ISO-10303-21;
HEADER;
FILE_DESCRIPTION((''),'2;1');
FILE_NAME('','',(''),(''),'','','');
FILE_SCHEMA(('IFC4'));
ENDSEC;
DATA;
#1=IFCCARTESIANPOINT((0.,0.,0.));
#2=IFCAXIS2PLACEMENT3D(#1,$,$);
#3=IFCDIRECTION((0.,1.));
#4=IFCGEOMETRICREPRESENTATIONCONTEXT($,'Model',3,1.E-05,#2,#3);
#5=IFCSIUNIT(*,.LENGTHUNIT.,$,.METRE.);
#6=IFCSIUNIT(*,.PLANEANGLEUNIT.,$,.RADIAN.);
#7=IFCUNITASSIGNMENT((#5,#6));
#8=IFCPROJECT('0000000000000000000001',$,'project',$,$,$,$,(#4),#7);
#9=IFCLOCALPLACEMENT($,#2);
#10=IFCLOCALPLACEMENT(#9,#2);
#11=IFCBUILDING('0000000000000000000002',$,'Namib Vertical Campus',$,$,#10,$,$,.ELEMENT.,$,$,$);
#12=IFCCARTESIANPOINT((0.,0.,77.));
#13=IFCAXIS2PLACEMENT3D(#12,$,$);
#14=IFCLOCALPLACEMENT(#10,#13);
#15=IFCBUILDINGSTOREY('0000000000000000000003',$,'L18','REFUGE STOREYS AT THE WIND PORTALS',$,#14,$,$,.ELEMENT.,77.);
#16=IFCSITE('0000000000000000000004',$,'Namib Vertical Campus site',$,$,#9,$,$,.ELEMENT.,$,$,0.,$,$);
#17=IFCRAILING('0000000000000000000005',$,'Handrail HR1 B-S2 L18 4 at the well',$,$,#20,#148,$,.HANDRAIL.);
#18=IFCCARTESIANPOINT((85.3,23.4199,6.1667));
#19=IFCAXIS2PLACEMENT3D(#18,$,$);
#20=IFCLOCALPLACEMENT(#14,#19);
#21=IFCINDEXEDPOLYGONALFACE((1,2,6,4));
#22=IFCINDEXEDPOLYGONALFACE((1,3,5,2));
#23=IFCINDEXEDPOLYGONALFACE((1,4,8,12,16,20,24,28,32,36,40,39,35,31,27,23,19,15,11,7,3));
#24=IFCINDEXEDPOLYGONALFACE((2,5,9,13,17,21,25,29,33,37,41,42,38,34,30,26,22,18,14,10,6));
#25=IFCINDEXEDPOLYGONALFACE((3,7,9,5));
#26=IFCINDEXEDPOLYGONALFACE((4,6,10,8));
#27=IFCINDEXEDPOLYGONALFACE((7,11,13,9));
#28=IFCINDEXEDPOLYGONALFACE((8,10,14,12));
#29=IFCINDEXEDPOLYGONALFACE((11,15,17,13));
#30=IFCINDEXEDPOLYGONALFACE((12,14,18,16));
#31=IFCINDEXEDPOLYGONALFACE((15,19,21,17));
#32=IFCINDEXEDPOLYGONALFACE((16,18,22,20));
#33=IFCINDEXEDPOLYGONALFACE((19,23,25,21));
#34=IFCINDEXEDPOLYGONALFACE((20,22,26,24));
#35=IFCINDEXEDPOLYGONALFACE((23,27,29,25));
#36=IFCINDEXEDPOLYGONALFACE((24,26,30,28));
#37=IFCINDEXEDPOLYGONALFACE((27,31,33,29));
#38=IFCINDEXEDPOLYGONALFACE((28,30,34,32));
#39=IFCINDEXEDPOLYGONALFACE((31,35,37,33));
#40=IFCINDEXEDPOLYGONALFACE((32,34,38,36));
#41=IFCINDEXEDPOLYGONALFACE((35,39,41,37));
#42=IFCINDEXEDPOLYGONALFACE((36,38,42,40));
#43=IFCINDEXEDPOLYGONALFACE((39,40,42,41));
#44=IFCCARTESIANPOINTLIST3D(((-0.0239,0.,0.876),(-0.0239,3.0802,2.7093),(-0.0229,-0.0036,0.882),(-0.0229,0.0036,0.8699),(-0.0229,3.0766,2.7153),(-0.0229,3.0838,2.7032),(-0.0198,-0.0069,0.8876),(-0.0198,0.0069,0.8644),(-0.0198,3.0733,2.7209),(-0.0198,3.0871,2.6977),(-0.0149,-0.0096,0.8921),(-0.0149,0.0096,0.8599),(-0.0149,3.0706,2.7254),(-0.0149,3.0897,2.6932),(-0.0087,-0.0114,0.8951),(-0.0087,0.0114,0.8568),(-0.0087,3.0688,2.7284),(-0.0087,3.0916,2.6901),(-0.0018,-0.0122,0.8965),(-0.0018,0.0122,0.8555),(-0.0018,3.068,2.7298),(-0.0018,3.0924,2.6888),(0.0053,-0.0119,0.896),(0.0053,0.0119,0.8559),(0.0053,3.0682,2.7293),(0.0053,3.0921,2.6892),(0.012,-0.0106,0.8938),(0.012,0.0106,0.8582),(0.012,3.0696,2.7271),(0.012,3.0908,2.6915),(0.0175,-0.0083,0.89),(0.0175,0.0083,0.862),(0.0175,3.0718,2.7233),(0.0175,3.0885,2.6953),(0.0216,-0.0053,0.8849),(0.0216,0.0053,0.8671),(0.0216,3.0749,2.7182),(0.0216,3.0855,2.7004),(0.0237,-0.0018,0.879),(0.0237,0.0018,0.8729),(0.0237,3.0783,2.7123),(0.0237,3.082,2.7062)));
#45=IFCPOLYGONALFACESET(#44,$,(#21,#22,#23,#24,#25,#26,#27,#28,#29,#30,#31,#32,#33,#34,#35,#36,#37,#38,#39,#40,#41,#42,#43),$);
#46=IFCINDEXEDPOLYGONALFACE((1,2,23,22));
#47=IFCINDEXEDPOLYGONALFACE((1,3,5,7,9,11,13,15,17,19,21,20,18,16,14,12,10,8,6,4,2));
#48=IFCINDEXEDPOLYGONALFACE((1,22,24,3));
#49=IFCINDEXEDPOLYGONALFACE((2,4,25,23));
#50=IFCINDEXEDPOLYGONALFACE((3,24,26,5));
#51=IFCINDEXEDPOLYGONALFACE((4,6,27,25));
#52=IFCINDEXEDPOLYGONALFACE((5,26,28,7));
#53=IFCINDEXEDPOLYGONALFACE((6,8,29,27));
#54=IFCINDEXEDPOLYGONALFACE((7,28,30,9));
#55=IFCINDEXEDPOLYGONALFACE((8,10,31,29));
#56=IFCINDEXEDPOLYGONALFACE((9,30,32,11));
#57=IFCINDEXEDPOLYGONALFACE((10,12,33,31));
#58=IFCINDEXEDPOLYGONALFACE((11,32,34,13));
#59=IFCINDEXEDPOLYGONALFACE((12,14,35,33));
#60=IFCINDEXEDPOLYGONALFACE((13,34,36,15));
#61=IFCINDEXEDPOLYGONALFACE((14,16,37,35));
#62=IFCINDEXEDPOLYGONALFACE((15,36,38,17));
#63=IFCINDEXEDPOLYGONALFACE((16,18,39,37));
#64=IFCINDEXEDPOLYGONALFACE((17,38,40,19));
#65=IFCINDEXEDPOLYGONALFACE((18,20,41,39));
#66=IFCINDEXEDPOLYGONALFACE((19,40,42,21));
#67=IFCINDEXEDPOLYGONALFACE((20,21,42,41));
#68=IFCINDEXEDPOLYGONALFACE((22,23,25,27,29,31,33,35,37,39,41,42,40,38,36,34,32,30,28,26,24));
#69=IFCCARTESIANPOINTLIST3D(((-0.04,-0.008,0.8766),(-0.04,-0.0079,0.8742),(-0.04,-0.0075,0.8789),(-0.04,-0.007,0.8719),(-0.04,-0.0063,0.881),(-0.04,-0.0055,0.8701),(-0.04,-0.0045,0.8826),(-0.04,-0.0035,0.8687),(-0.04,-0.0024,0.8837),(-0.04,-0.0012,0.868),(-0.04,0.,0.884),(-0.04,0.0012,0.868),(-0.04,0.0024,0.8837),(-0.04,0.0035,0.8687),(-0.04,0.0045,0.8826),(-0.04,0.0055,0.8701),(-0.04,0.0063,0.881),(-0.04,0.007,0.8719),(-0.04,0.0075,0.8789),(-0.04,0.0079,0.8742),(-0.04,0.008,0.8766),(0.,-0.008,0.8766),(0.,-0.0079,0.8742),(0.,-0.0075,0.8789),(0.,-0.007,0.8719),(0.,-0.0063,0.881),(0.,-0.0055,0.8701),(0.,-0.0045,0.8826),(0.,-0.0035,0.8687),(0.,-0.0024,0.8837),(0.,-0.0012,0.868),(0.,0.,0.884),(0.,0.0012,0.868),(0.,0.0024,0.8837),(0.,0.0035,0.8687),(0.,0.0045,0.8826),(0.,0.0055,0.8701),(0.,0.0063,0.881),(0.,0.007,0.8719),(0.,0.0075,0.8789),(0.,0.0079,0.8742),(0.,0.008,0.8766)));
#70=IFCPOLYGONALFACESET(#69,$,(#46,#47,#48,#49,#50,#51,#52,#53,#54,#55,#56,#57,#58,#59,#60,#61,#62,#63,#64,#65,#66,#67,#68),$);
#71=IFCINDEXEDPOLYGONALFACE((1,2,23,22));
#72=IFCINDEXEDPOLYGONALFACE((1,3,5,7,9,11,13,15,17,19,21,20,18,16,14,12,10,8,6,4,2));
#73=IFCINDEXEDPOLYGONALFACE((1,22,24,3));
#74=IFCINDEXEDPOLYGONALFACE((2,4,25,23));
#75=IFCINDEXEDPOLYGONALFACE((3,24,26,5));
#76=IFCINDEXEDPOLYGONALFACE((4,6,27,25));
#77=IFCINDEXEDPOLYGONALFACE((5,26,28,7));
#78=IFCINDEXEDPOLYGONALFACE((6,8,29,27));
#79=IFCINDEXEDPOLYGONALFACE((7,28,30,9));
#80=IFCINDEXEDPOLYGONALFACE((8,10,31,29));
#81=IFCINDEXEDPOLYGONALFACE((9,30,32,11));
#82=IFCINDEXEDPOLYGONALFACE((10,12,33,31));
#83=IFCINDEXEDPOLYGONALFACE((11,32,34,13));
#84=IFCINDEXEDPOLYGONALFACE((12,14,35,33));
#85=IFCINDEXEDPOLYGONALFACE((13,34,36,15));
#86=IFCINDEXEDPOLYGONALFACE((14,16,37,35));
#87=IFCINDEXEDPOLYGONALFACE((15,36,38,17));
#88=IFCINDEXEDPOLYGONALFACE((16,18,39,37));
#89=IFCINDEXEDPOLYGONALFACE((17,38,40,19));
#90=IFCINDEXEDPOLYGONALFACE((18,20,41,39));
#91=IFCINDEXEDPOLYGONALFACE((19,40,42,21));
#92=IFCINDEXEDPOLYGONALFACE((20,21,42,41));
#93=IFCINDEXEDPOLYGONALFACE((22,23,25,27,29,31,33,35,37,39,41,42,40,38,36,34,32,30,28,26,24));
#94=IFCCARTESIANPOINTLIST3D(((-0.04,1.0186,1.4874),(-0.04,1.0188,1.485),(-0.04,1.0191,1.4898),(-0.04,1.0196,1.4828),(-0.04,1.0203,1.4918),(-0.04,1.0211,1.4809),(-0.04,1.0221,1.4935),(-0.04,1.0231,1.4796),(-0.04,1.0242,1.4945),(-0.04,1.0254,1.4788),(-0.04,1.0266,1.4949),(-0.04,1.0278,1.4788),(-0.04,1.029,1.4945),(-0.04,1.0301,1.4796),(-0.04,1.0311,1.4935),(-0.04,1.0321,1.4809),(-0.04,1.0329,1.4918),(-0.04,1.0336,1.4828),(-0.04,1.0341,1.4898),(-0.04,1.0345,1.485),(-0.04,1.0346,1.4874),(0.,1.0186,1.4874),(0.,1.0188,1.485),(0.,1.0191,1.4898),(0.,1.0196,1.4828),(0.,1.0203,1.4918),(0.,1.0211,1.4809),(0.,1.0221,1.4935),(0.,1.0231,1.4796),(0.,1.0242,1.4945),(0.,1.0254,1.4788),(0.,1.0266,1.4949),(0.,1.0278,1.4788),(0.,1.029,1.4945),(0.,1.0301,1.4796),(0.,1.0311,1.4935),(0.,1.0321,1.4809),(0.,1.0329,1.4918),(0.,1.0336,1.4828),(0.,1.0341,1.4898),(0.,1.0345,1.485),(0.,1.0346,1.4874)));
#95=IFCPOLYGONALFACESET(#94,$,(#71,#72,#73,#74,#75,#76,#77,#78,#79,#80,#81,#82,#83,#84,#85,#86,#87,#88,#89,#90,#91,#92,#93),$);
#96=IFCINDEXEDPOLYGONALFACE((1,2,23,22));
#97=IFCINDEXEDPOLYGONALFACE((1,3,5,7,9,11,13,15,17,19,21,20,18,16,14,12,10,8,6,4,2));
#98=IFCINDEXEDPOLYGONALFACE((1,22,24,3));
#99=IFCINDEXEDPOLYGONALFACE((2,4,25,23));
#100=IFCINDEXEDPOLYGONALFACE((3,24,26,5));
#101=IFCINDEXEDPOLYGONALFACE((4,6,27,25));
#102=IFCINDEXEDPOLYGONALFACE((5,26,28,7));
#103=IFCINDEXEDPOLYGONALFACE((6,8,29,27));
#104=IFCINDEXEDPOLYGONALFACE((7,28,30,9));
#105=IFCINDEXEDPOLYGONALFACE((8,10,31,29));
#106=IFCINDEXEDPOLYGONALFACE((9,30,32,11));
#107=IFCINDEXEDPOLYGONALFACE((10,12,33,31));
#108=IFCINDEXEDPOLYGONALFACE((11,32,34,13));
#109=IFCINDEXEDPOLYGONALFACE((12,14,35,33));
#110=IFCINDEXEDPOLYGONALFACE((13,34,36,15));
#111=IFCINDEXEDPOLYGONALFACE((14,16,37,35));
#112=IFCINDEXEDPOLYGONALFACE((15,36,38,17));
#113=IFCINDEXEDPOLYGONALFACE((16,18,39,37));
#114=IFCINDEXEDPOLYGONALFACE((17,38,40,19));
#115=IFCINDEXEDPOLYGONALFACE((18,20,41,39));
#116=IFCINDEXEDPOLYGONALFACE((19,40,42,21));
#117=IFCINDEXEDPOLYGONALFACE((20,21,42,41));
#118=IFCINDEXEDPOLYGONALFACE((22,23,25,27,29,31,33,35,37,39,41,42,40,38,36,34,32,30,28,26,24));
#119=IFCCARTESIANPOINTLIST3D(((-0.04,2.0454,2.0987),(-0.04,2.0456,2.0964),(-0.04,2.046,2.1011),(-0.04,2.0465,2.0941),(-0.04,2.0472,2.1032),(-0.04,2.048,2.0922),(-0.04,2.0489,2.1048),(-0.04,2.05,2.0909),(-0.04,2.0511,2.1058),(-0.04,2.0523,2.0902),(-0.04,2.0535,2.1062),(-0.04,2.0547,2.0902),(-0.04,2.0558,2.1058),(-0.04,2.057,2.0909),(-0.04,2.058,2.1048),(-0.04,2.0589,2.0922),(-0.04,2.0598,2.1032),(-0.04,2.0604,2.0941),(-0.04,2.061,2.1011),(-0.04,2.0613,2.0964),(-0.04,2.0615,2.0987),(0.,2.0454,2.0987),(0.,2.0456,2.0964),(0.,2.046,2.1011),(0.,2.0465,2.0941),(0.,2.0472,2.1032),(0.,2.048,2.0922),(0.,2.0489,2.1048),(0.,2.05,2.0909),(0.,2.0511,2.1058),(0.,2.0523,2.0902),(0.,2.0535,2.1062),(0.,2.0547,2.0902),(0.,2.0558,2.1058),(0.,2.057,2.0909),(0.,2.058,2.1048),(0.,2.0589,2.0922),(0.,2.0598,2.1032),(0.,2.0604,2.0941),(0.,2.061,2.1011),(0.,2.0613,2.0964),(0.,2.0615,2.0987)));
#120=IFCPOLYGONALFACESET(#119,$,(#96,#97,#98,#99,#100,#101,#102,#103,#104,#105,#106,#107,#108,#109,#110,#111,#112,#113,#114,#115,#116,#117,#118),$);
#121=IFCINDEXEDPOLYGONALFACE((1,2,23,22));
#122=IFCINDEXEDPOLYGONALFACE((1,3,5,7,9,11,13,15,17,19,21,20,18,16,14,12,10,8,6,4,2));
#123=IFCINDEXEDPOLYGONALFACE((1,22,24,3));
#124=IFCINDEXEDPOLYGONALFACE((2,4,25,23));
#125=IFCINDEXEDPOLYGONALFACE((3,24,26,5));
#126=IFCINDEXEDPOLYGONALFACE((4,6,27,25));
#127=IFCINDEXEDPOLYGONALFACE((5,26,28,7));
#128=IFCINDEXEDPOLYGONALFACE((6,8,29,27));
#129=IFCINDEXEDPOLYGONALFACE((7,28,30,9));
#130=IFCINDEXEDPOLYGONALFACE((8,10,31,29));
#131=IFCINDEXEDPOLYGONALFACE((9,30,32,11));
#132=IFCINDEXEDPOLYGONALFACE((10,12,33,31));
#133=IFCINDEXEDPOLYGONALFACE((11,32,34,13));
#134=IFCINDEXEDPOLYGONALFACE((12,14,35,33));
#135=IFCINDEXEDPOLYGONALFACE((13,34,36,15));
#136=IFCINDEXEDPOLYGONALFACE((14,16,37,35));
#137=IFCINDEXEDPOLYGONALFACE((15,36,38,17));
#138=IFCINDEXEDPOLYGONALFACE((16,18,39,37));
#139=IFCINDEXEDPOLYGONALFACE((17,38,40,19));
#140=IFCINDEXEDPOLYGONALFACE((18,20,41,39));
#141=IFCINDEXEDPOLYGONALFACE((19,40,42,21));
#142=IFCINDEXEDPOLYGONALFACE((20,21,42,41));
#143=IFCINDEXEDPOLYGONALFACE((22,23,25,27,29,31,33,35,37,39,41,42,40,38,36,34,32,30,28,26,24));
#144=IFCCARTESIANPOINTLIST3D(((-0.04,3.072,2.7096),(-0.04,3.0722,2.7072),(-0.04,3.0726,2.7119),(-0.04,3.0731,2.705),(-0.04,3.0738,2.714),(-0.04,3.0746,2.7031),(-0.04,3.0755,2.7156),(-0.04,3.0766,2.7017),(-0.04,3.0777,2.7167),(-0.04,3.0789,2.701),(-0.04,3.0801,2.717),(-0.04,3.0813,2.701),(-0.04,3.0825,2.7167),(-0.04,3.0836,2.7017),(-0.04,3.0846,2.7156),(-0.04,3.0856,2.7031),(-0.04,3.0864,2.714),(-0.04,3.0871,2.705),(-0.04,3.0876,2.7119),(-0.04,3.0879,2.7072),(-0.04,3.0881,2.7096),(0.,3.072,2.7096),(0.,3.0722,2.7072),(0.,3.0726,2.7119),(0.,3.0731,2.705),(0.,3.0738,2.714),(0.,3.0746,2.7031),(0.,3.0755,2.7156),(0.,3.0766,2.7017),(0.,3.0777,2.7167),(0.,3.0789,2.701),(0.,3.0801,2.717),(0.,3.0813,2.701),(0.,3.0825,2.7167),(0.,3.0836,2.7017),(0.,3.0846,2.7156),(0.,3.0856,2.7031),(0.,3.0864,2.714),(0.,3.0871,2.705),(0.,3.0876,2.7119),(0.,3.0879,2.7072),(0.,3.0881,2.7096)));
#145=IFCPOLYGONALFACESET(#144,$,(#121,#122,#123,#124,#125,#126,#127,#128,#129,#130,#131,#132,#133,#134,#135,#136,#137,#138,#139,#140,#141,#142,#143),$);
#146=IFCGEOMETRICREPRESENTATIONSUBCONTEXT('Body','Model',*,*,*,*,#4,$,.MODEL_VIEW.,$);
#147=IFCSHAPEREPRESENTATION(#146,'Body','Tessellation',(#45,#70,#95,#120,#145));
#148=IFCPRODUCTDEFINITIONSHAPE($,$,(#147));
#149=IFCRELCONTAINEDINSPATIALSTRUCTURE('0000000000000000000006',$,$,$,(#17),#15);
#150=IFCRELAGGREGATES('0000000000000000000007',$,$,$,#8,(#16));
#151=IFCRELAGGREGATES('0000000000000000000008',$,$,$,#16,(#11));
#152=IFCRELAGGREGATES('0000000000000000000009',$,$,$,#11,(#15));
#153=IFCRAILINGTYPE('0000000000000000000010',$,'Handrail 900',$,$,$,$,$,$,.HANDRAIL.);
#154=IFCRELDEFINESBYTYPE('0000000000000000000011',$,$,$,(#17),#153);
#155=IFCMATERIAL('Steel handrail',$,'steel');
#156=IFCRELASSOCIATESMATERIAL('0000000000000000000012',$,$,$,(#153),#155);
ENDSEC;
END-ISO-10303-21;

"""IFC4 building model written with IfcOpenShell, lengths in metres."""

from ifc_helpers import new_model, si_unit, direction, frame, origin, origin_2d, place, context, subcontext, project, spatial, circle, extrude, material, type_object, element, save


model = new_model("IFC4")

# Units and contexts
model_context = context("Model", 3, precision=1e-05, world=origin(), true_north=direction((0.0, 1.0)))
body_context = subcontext(model_context, "Body", "Model", "MODEL_VIEW")
ifc_project = project(units=[si_unit("LENGTHUNIT", "METRE"), si_unit("PLANEANGLEUNIT", "RADIAN")], contexts=[model_context])

# Site, building, storey
site_placement = place(None, origin())
site = spatial("IfcSite", under=ifc_project, at=site_placement, Name="Namib Vertical Campus site", CompositionType="ELEMENT", RefElevation=0.0)
building_placement = place(site_placement, origin())
building = spatial("IfcBuilding", under=site, at=building_placement, Name="Namib Vertical Campus", CompositionType="ELEMENT")
storey_placement = place(building_placement, frame((0.0, 0.0, 77.0)))
storey = spatial("IfcBuildingStorey", under=building, at=storey_placement, Name="L18", Description="REFUGE STOREYS AT THE WIND PORTALS", CompositionType="ELEMENT", Elevation=77.0)

# Railing
ifc_material_1 = material(Name="Steel handrail", Category="steel")
railing_type = type_object("IfcRailingType", Name="Handrail 900", PredefinedType="HANDRAIL", material=ifc_material_1)
for number, where, name in (
    (1, (85.3, 23.4199, 6.1667), "Handrail HR1 B-S2 L18 4 at the well"),
):
    element("IfcRailing", number, at=place(storey_placement, frame(where)), inside=storey, type_object=railing_type, Name=name, PredefinedType="HANDRAIL", context=body_context, shape_type="SweptSolid", body=[
        extrude(circle(Radius=0.0239, at=origin_2d()), frame((0.0, 0.0, 0.876), z_axis=(0.0, 0.859309, 0.511458), x_axis=(-1.0, 0.0, 0.0)), (0.0, 0.0, 1.0), 3.5845),
        extrude(circle(Radius=0.0081, at=origin_2d()), frame((0.0, 0.0, 0.876), z_axis=(-1.0, 0.0, 0.0), x_axis=(0.0, 0.0, 1.0)), (0.0, 0.0, 1.0), 0.04),
        extrude(circle(Radius=0.0081, at=origin_2d()), frame((0.0, 1.0266, 1.4868), z_axis=(-1.0, 0.0, 0.0), x_axis=(0.0, 0.0, 1.0)), (0.0, 0.0, 1.0), 0.04),
        extrude(circle(Radius=0.0081, at=origin_2d()), frame((0.0, 2.0535, 2.0981), z_axis=(-1.0, 0.0, 0.0), x_axis=(0.0, 0.0, 1.0)), (0.0, 0.0, 1.0), 0.04),
        extrude(circle(Radius=0.0081, at=origin_2d()), frame((0.0, 3.0801, 2.709), z_axis=(-1.0, 0.0, 0.0), x_axis=(0.0, 0.0, 1.0)), (0.0, 0.0, 1.0), 0.04),
    ])

save(model, "model.ifc")
